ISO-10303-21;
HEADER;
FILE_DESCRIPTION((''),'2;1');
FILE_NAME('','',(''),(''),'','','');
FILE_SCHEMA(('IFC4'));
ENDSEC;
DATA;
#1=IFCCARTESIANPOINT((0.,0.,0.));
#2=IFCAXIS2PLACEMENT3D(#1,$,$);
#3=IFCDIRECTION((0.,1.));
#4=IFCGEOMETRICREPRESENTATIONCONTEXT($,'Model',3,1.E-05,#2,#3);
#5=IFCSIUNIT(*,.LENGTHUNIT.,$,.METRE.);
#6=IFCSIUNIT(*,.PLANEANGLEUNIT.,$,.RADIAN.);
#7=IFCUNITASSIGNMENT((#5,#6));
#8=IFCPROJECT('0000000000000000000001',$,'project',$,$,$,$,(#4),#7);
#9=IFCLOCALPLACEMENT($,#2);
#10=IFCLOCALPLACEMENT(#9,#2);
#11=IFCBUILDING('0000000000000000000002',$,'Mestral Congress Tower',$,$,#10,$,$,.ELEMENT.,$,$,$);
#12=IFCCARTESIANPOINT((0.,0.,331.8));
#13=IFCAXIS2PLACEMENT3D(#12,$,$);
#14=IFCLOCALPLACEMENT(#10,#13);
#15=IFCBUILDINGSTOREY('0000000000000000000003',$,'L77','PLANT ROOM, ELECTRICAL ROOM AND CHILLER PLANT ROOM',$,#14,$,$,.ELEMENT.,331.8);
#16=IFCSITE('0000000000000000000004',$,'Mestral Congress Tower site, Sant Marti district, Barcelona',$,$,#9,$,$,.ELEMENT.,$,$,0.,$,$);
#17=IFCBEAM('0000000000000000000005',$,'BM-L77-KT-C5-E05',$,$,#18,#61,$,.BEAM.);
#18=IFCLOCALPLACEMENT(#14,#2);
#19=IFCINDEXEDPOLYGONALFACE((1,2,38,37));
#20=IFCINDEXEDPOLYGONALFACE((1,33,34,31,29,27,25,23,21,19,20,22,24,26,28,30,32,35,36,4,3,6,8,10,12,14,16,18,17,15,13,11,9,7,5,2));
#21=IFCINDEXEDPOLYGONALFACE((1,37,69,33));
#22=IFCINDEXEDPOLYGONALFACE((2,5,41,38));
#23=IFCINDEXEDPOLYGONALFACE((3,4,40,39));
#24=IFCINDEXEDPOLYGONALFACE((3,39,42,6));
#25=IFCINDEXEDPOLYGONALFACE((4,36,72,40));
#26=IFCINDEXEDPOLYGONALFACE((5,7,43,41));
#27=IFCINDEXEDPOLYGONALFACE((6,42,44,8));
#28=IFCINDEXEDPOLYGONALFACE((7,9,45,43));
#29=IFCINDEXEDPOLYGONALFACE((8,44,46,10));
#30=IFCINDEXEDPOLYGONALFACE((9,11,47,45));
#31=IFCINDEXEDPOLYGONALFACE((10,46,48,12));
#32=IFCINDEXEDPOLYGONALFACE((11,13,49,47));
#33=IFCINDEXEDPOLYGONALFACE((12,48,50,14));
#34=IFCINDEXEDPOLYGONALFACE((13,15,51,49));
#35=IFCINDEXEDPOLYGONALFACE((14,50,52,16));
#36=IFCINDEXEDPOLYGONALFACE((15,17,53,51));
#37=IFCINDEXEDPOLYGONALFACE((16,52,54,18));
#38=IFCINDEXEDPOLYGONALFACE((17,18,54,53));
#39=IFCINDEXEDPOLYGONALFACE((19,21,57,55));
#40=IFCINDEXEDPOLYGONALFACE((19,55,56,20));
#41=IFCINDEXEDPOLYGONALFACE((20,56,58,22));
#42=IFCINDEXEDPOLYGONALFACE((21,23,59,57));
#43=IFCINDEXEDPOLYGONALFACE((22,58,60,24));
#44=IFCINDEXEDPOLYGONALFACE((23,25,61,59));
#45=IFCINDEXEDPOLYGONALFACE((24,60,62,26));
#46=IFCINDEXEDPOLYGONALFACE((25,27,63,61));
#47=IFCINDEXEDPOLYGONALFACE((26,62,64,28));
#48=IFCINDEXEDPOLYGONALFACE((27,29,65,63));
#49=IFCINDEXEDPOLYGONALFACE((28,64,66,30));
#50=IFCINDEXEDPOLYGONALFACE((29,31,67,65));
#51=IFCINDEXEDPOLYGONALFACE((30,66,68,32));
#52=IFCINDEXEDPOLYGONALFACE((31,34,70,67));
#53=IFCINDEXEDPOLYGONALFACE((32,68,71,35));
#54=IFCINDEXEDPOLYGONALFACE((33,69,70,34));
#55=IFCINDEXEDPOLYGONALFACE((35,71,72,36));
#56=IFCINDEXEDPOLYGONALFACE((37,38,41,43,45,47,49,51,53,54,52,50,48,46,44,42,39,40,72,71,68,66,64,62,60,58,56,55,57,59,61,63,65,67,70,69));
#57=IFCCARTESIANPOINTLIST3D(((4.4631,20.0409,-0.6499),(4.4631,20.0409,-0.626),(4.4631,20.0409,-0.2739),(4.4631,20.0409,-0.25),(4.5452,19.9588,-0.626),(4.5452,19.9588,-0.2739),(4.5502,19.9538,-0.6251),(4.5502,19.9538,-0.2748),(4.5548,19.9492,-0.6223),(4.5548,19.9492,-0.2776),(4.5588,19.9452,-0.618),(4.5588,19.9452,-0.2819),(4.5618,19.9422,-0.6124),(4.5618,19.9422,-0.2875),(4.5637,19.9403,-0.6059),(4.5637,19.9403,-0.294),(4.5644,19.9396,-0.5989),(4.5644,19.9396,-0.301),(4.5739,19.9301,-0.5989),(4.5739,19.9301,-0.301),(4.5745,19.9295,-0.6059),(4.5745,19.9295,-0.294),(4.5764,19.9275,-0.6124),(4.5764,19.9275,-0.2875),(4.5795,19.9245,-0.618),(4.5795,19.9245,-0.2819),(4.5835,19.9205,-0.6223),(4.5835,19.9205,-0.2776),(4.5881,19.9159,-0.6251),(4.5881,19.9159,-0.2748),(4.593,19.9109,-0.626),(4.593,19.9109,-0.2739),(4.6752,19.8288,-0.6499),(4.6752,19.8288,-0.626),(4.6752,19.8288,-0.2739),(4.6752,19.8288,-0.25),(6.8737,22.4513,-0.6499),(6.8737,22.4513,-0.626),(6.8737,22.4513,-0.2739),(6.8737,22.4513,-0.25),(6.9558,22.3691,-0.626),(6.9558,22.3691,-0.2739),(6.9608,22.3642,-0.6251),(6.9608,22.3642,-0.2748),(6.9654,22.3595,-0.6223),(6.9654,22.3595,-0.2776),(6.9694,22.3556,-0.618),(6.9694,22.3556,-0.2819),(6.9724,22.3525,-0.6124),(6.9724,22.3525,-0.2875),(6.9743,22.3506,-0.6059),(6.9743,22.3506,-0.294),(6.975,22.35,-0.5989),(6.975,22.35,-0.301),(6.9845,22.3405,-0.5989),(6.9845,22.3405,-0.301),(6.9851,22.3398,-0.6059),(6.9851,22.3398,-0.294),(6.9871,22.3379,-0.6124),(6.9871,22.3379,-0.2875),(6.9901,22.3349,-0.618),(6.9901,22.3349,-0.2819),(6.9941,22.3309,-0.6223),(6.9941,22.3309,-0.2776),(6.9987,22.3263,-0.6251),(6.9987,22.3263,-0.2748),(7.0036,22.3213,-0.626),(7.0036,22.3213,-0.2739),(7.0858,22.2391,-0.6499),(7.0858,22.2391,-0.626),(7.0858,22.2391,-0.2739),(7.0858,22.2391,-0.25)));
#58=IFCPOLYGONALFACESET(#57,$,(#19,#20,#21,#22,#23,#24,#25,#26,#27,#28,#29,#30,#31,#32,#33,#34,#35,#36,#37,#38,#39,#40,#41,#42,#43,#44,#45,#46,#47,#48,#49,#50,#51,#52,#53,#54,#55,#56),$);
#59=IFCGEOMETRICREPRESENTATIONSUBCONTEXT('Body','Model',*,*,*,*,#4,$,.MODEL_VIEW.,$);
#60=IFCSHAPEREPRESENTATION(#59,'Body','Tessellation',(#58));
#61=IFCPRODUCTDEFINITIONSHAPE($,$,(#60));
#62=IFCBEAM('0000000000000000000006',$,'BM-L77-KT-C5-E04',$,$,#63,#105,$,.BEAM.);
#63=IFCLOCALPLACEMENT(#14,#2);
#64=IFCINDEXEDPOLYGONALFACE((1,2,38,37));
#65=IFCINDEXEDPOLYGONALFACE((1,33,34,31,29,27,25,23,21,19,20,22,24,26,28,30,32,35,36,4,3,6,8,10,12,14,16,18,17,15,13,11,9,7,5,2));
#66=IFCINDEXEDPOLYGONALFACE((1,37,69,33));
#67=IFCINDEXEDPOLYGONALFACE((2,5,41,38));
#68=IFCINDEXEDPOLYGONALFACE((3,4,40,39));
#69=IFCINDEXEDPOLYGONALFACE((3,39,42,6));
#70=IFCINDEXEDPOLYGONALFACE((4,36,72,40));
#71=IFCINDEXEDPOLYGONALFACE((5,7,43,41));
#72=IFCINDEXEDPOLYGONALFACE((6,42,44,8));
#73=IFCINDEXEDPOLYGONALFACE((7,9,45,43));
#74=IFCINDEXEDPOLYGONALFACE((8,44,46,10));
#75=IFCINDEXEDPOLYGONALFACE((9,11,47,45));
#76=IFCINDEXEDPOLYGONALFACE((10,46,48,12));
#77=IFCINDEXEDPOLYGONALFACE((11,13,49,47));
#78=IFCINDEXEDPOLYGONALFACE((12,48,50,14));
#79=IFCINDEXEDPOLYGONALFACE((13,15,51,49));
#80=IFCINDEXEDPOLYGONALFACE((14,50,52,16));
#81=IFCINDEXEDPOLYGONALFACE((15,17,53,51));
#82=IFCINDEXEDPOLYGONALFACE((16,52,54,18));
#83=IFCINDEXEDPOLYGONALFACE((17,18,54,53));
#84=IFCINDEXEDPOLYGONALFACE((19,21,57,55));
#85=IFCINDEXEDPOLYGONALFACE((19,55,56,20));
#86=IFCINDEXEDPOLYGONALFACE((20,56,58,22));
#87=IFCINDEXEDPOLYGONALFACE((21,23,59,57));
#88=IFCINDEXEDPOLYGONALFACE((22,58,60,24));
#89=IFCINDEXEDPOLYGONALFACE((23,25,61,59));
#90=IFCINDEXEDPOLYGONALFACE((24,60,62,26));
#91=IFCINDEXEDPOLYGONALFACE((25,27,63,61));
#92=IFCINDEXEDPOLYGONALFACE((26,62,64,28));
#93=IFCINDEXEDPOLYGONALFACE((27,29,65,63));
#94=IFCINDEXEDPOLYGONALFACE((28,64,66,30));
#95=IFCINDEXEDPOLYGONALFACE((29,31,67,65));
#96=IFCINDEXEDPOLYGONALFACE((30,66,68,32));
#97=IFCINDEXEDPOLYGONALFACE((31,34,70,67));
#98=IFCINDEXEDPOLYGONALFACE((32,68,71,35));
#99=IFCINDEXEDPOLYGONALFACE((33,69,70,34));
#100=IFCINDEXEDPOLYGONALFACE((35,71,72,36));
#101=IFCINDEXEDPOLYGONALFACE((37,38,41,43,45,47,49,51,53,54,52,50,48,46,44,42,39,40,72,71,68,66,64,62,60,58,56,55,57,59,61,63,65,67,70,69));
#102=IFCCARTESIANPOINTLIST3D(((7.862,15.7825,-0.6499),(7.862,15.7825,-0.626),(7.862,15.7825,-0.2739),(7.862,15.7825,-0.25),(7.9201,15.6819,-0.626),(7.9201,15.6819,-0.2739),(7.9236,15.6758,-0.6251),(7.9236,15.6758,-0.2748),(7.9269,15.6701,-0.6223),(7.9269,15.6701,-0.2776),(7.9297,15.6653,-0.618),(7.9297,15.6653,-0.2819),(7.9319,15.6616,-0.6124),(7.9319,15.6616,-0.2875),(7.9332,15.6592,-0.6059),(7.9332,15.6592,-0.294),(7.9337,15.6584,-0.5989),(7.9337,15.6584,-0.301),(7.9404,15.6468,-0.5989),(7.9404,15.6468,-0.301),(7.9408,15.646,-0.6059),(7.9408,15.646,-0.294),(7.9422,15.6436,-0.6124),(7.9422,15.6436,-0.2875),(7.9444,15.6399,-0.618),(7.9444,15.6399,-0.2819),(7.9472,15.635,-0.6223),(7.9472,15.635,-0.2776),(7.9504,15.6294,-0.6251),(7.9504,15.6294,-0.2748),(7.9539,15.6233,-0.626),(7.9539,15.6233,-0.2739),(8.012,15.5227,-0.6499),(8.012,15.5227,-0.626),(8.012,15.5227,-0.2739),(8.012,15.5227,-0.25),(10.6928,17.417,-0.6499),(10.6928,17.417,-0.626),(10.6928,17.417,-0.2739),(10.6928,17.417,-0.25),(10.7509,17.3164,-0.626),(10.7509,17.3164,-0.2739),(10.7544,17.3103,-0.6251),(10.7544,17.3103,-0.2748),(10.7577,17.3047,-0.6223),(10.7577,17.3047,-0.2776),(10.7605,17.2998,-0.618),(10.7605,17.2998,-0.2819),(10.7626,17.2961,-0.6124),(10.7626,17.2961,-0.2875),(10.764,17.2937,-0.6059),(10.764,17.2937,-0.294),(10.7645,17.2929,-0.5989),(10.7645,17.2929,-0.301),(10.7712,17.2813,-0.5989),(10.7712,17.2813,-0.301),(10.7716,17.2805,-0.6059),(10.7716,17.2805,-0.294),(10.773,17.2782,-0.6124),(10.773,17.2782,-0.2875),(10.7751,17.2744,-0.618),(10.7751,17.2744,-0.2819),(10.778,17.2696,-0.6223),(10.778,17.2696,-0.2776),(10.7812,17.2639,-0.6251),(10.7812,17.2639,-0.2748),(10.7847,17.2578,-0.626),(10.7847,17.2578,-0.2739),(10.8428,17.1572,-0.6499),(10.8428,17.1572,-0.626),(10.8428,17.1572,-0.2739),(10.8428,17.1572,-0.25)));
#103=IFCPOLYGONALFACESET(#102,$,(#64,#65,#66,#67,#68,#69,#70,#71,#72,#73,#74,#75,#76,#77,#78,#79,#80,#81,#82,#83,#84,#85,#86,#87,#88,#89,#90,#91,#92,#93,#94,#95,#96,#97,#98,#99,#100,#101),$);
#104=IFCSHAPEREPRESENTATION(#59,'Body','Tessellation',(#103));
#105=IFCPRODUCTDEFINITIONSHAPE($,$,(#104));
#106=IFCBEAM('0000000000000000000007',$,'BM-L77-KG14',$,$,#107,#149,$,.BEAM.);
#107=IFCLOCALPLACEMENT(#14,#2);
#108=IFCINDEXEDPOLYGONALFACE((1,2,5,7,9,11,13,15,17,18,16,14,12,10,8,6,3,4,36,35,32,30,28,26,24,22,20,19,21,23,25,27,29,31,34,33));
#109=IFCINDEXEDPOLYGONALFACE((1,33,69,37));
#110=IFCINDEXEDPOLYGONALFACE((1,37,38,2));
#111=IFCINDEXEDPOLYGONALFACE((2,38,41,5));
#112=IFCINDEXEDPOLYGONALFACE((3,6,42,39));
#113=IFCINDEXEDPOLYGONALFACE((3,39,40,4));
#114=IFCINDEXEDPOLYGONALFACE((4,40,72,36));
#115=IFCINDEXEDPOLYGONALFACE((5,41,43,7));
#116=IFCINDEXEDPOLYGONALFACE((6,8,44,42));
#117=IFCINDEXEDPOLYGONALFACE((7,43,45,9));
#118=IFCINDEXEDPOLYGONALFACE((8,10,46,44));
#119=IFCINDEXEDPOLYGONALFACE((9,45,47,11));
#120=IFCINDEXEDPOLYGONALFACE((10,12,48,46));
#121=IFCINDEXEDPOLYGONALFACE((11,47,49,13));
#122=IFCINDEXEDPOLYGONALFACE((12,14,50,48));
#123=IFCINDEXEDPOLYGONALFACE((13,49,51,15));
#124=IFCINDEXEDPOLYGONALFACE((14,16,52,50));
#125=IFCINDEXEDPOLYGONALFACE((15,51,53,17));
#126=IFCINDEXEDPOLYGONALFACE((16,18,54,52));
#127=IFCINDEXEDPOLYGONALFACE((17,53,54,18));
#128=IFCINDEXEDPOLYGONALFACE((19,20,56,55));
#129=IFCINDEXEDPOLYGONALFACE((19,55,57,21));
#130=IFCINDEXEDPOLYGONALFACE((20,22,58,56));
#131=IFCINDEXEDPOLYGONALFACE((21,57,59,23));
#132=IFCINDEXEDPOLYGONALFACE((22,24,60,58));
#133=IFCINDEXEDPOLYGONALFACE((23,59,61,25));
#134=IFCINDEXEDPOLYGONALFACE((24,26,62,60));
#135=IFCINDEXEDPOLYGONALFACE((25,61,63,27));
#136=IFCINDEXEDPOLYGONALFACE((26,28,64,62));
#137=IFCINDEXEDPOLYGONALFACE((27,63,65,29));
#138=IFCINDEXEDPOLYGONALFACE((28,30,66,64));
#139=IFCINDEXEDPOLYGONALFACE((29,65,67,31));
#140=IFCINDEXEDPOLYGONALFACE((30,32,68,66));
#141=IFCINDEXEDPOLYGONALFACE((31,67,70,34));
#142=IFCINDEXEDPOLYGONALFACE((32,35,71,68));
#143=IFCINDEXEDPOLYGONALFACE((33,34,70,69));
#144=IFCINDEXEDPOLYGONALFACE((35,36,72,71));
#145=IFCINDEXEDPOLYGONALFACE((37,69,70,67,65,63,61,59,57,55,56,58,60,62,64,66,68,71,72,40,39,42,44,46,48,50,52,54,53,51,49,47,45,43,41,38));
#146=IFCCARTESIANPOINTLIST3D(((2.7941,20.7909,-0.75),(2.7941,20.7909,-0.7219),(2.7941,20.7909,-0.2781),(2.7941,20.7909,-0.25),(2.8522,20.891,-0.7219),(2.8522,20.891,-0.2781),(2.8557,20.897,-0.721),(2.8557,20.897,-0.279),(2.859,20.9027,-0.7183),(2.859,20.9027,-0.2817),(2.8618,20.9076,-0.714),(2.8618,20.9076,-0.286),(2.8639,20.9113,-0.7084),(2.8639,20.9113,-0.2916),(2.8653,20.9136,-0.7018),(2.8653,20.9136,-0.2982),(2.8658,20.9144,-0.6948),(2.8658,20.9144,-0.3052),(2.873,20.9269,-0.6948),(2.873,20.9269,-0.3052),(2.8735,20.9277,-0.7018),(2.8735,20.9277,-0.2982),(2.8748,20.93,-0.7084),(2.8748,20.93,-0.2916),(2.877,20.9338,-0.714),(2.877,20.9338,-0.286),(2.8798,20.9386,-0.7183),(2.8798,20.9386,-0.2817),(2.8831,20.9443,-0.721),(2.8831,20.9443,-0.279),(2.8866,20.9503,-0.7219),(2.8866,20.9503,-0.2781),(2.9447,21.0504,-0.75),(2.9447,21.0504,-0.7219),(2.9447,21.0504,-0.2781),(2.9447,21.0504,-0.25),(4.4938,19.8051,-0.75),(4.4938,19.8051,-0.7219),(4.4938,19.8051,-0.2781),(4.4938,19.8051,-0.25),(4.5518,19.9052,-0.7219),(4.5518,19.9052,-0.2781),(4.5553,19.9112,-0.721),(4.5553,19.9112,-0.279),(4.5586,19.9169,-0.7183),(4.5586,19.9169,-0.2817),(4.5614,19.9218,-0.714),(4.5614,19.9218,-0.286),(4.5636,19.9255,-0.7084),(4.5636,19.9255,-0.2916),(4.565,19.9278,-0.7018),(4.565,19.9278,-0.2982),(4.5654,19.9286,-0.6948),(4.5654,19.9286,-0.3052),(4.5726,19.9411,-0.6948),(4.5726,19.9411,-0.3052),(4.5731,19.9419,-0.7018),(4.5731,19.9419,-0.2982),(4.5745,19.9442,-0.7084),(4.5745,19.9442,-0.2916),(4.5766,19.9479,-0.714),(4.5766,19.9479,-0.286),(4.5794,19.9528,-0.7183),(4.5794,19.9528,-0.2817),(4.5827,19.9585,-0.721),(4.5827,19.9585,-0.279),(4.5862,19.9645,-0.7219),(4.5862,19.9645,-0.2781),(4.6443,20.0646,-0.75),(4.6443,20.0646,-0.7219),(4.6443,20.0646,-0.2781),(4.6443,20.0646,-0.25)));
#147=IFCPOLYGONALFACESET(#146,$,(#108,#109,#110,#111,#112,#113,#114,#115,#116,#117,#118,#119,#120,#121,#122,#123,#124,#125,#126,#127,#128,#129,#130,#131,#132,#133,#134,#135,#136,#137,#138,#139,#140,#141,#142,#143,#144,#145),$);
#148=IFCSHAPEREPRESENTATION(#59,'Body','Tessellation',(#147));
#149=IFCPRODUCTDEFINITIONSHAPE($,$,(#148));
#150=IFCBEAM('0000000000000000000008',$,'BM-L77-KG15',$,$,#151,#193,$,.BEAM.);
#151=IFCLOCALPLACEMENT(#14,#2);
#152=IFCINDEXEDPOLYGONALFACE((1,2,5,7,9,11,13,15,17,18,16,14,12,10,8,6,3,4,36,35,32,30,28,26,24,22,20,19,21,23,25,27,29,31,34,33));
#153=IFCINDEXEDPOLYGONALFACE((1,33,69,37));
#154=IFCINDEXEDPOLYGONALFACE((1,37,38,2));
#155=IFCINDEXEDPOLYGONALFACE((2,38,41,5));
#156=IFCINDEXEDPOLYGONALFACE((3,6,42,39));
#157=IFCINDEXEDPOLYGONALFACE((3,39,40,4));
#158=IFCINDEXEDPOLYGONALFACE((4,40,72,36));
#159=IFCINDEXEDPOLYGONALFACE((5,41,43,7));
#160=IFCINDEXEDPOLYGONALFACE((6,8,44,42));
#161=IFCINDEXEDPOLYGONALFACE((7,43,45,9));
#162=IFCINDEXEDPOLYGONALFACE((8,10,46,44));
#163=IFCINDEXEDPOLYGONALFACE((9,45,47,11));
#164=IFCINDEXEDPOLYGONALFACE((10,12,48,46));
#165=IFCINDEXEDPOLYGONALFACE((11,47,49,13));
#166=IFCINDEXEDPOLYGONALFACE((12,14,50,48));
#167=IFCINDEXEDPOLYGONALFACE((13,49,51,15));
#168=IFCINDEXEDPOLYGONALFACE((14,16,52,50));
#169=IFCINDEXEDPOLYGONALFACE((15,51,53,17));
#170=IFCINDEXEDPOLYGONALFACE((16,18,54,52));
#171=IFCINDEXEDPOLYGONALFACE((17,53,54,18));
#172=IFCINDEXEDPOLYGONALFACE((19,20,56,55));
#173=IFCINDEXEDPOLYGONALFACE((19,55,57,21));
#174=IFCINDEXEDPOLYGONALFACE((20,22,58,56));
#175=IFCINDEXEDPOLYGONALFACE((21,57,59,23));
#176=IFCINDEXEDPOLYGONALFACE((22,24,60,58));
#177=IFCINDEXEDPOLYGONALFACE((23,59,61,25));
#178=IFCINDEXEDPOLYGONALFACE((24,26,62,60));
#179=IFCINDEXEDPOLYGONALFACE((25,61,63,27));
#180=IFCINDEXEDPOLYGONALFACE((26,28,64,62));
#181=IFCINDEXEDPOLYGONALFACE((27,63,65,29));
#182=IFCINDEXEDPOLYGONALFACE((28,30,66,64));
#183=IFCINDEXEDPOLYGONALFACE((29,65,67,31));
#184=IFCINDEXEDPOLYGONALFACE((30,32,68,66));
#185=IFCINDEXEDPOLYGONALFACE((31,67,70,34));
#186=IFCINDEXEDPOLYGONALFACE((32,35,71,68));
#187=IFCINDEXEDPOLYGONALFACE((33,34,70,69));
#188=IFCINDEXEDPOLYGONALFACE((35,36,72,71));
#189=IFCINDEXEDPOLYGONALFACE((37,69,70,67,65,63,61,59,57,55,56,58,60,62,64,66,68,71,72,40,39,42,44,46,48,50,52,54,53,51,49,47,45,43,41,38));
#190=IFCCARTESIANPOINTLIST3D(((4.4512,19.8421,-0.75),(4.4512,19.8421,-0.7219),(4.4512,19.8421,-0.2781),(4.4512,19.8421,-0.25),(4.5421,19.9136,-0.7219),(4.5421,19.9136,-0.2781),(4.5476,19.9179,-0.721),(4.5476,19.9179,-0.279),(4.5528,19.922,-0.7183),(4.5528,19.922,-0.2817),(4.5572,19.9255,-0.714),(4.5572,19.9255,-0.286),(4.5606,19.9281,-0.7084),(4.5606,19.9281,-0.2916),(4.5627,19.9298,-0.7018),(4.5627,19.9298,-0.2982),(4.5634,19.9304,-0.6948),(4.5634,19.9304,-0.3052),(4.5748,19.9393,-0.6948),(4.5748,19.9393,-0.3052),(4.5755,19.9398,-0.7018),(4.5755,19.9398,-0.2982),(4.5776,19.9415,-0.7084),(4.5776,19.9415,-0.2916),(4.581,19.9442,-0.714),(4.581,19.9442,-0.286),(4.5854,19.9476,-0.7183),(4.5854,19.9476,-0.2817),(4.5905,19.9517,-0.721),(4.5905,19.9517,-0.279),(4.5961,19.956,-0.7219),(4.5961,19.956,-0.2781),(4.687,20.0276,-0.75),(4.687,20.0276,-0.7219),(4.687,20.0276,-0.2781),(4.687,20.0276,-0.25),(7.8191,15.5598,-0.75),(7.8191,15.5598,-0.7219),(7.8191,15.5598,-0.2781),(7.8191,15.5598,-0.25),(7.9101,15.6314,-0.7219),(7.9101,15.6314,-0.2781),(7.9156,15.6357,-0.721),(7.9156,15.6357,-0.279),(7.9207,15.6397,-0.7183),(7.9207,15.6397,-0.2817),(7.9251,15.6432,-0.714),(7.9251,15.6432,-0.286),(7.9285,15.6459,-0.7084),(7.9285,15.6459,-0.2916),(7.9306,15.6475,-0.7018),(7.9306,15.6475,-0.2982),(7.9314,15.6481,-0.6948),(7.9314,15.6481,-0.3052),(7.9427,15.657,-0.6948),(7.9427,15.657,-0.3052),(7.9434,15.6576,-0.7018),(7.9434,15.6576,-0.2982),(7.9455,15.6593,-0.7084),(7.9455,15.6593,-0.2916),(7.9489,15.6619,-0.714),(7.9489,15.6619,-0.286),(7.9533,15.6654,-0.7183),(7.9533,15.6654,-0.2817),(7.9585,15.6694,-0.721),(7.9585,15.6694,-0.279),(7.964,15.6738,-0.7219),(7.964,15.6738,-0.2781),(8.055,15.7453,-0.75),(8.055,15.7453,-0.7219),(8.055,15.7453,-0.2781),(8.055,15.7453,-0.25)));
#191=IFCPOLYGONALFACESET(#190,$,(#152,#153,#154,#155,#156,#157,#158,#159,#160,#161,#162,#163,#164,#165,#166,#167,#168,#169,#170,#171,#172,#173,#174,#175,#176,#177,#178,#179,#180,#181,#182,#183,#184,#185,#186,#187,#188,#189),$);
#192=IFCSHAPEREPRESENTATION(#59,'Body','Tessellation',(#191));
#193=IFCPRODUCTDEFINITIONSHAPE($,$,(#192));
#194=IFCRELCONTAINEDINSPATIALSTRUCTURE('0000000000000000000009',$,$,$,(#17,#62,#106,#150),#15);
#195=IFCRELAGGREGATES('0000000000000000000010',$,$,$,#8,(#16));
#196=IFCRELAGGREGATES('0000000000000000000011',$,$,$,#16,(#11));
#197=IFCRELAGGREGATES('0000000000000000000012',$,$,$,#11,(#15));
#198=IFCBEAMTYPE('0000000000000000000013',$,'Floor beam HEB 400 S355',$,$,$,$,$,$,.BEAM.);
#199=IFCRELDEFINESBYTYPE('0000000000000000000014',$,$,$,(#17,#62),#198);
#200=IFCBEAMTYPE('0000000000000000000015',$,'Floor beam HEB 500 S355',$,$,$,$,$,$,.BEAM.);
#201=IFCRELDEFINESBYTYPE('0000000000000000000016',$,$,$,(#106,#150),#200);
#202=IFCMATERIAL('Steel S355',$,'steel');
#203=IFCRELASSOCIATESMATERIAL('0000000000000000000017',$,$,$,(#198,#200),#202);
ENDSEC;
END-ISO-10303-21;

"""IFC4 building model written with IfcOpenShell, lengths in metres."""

from ifc_helpers import new_model, si_unit, direction, frame, origin, origin_2d, place, context, subcontext, project, spatial, i_section, extrude, material, material_profile, profile_set, type_object, element, save


model = new_model("IFC4")

# Units and contexts
model_context = context("Model", 3, precision=1e-05, world=origin(), true_north=direction((0.0, 1.0)))
body_context = subcontext(model_context, "Body", "Model", "MODEL_VIEW")
ifc_project = project(units=[si_unit("LENGTHUNIT", "METRE"), si_unit("PLANEANGLEUNIT", "RADIAN")], contexts=[model_context])

# Site, building, storey
site_placement = place(None, origin())
site = spatial("IfcSite", under=ifc_project, at=site_placement, Name="Mestral Congress Tower site, Sant Marti district, Barcelona", CompositionType="ELEMENT", RefElevation=0.0)
building_placement = place(site_placement, origin())
building = spatial("IfcBuilding", under=site, at=building_placement, Name="Mestral Congress Tower", CompositionType="ELEMENT")
storey_placement = place(building_placement, frame((0.0, 0.0, 331.8)))
storey = spatial("IfcBuildingStorey", under=building, at=storey_placement, Name="L77", Description="PLANT ROOM, ELECTRICAL ROOM AND CHILLER PLANT ROOM", CompositionType="ELEMENT", Elevation=331.8)

# Shared definitions
ifc_material_1 = material(Name="Steel S355", Category="steel")

# Beams
ifc_material_profile_1 = material_profile(ifc_material_1, i_section(OverallWidth=0.3, OverallDepth=0.3999, WebThickness=0.0134, FlangeThickness=0.0239, FilletRadius=0.0271, at=origin_2d()), Name="HEB 400")
ifc_profile_set_1 = profile_set([ifc_material_profile_1], Name="Steel S355")
beam_type_1 = type_object("IfcBeamType", Name="Floor beam HEB 400 S355", PredefinedType="BEAM", material=ifc_profile_set_1)
beam_1_placement = place(storey_placement, frame((6.9797, 22.3452, -0.45), z_axis=(-0.707143, -0.707071, 0.0), x_axis=(0.707071, -0.707143, 0.0)))
element("IfcBeam", 1, at=beam_1_placement, inside=storey, type_object=beam_type_1, Name="BM-L77-KT-C5-E05", PredefinedType="BEAM", context=body_context, shape_type="SweptSolid", body=[
    extrude(i_section(OverallWidth=0.3, OverallDepth=0.3999, WebThickness=0.0134, FlangeThickness=0.0239, FilletRadius=0.0271, at=origin_2d()), origin(), (0.0, 0.0, 1.0), 3.4089),
])
beam_2_placement = place(storey_placement, frame((10.7678, 17.2871, -0.45), z_axis=(-0.866005, -0.500035, 0.0), x_axis=(0.500035, -0.866005, 0.0)))
element("IfcBeam", 2, at=beam_2_placement, inside=storey, type_object=beam_type_1, Name="BM-L77-KT-C5-E04", PredefinedType="BEAM", context=body_context, shape_type="SweptSolid", body=[
    extrude(i_section(OverallWidth=0.3, OverallDepth=0.3999, WebThickness=0.0134, FlangeThickness=0.0239, FilletRadius=0.0271, at=origin_2d()), origin(), (0.0, 0.0, 1.0), 3.2688),
])
ifc_material_profile_2 = material_profile(ifc_material_1, i_section(OverallWidth=0.3, OverallDepth=0.5, WebThickness=0.0144, FlangeThickness=0.0281, FilletRadius=0.0271, at=origin_2d()), Name="HEB 500")
ifc_profile_set_2 = profile_set([ifc_material_profile_2], Name="Steel S355")
beam_type_2 = type_object("IfcBeamType", Name="Floor beam HEB 500 S355", PredefinedType="BEAM", material=ifc_profile_set_2)
beam_3_placement = place(storey_placement, frame((2.8694, 20.9207, -0.5), z_axis=(0.865029, -0.501722, 0.0), x_axis=(0.501722, 0.865029, 0.0)))
element("IfcBeam", 3, at=beam_3_placement, inside=storey, type_object=beam_type_2, Name="BM-L77-KG14", PredefinedType="BEAM", context=body_context, shape_type="SweptSolid", body=[
    extrude(i_section(OverallWidth=0.3, OverallDepth=0.5, WebThickness=0.0144, FlangeThickness=0.0281, FilletRadius=0.0271, at=origin_2d()), origin(), (0.0, 0.0, 1.0), 1.9648),
])
beam_4_placement = place(storey_placement, frame((4.5691, 19.9348, -0.5), z_axis=(0.618198, -0.786023, 0.0), x_axis=(0.786023, 0.618198, 0.0)))
element("IfcBeam", 4, at=beam_4_placement, inside=storey, type_object=beam_type_2, Name="BM-L77-KG15", PredefinedType="BEAM", context=body_context, shape_type="SweptSolid", body=[
    extrude(i_section(OverallWidth=0.3, OverallDepth=0.5, WebThickness=0.0144, FlangeThickness=0.0281, FilletRadius=0.0271, at=origin_2d()), origin(), (0.0, 0.0, 1.0), 5.448),
])

save(model, "model.ifc")
